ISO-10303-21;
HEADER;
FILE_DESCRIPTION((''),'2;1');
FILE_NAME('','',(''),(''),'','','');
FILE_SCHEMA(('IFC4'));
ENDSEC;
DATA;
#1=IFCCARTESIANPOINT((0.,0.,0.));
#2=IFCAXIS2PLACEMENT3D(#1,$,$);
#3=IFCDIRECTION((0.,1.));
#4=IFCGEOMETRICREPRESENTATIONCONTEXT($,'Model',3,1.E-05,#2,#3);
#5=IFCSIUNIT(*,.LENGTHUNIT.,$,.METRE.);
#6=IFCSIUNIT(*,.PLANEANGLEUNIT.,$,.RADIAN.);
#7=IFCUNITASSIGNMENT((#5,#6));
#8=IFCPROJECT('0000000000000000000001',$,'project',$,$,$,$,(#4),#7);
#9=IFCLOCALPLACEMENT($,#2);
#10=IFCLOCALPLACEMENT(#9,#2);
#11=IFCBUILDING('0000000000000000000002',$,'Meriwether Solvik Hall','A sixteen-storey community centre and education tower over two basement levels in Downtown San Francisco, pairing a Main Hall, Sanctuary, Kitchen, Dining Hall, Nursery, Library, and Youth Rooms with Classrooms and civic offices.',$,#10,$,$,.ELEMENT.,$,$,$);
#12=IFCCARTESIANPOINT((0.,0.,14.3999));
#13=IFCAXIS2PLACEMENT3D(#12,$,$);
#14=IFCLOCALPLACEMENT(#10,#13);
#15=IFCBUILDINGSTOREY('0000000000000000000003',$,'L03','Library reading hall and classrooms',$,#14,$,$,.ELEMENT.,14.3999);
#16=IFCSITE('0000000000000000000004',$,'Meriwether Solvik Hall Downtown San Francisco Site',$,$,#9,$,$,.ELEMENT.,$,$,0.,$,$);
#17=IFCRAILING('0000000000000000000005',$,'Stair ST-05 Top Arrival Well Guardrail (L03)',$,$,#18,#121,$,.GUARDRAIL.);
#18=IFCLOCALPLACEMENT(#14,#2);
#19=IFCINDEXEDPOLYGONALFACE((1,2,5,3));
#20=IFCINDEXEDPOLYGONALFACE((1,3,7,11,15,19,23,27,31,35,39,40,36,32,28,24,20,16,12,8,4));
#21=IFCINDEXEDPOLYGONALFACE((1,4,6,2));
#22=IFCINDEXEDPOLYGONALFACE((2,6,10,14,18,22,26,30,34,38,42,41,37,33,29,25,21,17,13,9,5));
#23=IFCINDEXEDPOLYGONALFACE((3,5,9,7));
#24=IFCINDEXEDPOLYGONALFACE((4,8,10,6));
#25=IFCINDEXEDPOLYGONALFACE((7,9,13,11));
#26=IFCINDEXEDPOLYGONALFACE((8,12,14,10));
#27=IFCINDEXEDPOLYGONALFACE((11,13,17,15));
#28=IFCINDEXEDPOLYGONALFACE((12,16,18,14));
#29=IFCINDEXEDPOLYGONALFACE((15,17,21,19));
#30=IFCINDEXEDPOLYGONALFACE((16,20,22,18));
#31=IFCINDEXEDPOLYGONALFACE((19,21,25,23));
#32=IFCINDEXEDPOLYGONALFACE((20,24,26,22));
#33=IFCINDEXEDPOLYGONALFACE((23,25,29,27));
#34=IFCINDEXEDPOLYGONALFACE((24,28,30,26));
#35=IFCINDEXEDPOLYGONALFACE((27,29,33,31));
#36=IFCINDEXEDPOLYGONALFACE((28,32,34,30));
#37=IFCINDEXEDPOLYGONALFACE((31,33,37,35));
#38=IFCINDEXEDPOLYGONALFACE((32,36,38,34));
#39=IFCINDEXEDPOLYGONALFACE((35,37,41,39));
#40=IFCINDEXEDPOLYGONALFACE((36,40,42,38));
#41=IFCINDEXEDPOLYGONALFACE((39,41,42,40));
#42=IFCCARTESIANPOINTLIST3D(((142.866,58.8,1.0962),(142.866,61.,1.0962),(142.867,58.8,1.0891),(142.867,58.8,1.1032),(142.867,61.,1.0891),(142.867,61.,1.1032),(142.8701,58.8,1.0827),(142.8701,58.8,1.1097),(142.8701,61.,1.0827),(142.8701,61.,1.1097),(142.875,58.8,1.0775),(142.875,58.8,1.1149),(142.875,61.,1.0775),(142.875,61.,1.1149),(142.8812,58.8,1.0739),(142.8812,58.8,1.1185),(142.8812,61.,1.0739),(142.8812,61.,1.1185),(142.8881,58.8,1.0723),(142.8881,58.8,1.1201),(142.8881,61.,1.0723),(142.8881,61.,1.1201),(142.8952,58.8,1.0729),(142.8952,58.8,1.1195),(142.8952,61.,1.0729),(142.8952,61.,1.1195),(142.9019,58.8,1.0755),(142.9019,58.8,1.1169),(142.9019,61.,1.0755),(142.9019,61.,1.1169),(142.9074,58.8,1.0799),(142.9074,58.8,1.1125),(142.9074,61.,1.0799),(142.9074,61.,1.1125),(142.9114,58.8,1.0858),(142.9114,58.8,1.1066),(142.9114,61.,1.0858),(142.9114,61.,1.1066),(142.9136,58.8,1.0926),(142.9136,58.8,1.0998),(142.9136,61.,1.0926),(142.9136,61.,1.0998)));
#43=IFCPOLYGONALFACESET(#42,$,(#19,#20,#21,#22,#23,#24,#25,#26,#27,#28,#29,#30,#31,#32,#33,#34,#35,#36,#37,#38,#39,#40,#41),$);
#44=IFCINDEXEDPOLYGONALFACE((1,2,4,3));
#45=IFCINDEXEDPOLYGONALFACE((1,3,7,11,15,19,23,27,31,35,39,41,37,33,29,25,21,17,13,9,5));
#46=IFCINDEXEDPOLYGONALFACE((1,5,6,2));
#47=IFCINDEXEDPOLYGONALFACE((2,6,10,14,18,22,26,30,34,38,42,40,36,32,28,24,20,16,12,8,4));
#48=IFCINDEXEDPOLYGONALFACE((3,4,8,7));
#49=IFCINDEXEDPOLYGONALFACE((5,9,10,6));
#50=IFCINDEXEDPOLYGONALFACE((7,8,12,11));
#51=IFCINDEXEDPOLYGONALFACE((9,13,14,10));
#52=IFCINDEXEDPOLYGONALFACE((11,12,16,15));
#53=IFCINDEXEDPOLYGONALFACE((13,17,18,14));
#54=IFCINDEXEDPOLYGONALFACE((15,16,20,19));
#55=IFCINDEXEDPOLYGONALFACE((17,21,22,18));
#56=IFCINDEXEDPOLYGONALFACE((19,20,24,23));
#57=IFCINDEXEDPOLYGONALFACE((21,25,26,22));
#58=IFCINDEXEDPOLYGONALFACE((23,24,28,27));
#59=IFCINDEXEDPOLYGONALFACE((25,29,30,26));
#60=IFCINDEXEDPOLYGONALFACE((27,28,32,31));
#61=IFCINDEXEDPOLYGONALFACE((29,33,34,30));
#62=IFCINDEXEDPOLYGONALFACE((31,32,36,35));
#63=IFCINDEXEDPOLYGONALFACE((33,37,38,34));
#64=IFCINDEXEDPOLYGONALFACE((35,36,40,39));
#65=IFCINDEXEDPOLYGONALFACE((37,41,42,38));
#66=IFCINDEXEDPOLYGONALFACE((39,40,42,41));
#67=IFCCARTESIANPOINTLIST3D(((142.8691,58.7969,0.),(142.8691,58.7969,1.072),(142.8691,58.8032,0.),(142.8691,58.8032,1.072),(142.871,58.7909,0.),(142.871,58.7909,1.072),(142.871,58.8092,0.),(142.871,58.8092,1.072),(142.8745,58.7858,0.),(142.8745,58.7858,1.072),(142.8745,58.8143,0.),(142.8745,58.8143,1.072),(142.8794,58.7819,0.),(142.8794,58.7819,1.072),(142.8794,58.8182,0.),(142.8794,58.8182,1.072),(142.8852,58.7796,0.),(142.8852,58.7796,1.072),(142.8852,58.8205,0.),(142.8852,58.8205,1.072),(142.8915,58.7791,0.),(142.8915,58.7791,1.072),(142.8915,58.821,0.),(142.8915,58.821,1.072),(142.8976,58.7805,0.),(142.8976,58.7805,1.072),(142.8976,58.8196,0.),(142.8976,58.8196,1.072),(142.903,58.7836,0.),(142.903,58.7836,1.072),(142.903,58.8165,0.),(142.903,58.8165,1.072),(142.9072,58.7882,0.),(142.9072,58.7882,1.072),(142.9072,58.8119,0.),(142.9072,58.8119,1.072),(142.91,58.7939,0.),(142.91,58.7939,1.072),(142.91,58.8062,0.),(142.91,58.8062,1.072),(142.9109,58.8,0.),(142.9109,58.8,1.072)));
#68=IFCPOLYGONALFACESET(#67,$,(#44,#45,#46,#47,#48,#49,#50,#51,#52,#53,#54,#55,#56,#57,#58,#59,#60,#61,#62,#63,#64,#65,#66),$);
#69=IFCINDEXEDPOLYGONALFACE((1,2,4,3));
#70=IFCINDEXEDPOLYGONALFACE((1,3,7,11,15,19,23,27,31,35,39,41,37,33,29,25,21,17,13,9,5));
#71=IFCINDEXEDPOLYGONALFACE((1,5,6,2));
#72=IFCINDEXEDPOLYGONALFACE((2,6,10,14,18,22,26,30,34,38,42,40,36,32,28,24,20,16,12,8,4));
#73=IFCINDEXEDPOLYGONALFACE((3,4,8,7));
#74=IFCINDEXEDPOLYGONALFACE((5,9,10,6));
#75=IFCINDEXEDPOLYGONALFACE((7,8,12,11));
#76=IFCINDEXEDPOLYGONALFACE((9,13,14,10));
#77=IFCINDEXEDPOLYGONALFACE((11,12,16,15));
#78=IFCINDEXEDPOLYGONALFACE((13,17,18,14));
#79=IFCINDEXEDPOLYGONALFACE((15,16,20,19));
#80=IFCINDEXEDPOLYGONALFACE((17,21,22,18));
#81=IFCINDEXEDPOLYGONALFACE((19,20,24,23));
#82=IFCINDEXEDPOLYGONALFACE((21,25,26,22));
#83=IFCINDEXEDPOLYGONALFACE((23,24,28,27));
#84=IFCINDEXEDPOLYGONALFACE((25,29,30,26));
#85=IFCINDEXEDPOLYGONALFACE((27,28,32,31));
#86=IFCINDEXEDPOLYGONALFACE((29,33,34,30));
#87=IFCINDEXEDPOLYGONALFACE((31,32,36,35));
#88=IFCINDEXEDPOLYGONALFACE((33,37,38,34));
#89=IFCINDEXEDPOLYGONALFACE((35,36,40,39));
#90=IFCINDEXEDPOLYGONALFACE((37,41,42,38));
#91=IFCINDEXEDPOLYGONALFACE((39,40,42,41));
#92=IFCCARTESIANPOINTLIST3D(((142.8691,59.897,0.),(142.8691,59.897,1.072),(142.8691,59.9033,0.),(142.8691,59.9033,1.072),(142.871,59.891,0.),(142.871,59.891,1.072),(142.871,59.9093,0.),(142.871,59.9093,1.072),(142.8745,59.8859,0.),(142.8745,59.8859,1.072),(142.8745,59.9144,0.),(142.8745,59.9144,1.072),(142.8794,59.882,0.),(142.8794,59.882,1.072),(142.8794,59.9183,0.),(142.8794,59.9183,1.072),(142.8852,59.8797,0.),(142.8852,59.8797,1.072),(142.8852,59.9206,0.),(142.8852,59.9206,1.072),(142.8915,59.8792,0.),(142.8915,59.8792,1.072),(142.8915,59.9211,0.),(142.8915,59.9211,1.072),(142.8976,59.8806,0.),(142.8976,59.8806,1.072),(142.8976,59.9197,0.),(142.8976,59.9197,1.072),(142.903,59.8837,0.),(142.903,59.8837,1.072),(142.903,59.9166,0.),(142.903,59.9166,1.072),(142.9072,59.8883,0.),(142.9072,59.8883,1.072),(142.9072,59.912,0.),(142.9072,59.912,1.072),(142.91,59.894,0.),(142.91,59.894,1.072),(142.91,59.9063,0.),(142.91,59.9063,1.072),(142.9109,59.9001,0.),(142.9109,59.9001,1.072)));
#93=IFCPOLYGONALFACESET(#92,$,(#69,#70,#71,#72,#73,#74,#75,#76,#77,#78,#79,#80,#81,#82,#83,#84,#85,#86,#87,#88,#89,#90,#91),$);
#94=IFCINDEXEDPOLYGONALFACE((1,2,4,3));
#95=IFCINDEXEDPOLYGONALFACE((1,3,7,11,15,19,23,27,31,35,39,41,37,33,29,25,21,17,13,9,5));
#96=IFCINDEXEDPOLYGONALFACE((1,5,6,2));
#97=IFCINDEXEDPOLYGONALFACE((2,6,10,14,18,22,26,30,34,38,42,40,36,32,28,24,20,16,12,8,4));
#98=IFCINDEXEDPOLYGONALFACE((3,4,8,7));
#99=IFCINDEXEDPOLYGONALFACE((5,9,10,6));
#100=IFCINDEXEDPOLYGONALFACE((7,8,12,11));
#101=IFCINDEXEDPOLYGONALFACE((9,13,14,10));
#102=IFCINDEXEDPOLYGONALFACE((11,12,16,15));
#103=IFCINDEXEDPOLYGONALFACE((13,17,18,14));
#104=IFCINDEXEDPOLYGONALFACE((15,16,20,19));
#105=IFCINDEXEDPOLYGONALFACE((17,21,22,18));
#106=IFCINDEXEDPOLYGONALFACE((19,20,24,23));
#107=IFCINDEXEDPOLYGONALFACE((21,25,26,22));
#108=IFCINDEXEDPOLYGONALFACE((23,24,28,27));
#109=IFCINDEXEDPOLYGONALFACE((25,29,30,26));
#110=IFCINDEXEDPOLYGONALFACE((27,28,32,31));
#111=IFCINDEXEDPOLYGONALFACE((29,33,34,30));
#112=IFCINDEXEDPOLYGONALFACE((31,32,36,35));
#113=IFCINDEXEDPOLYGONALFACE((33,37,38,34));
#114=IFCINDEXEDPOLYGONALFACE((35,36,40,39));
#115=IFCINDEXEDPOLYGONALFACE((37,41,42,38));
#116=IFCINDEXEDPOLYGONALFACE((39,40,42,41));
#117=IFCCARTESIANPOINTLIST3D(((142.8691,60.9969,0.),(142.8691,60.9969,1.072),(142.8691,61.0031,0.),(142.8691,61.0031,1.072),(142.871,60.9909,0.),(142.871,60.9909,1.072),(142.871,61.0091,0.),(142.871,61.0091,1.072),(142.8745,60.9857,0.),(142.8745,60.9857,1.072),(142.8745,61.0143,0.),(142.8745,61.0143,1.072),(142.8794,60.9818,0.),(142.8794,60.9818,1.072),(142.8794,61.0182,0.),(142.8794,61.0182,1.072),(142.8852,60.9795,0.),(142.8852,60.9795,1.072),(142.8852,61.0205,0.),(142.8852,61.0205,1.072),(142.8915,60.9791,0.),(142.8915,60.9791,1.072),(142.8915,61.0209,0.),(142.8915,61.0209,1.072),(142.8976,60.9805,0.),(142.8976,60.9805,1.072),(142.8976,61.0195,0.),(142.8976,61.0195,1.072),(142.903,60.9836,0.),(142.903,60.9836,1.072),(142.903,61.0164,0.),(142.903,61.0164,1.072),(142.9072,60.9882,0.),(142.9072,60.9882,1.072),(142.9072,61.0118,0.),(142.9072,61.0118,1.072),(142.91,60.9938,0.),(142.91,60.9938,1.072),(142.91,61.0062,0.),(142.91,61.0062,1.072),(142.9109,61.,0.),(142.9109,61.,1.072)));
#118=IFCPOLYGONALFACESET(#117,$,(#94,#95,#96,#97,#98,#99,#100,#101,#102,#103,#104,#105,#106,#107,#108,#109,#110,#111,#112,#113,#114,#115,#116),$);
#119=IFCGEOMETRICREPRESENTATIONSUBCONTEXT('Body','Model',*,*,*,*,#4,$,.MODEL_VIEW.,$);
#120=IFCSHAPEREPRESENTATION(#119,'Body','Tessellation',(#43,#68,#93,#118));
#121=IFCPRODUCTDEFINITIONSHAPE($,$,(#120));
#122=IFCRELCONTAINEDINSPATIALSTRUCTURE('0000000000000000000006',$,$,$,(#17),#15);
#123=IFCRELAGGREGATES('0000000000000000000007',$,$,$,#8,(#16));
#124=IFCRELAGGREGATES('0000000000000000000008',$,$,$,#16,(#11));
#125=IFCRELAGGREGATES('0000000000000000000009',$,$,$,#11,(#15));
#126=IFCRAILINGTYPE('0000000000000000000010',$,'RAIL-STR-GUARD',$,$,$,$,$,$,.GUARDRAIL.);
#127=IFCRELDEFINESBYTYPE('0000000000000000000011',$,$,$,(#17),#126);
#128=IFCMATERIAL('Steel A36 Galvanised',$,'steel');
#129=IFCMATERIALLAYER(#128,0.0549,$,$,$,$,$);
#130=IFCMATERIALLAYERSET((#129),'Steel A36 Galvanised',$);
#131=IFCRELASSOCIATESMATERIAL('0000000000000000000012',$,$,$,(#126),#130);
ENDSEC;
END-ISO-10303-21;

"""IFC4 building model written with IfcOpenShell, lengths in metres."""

from ifc_helpers import new_model, si_unit, direction, frame, origin, origin_2d, place, context, subcontext, project, spatial, circle, extrude, material, layer, layer_set, type_object, element, save


model = new_model("IFC4")

# Units and contexts
model_context = context("Model", 3, precision=1e-05, world=origin(), true_north=direction((0.0, 1.0)))
body_context = subcontext(model_context, "Body", "Model", "MODEL_VIEW")
ifc_project = project(units=[si_unit("LENGTHUNIT", "METRE"), si_unit("PLANEANGLEUNIT", "RADIAN")], contexts=[model_context])

# Site, building, storey
site_placement = place(None, origin())
site = spatial("IfcSite", under=ifc_project, at=site_placement, Name="Meriwether Solvik Hall Downtown San Francisco Site", CompositionType="ELEMENT", RefElevation=0.0)
building_placement = place(site_placement, origin())
building = spatial("IfcBuilding", under=site, at=building_placement, Name="Meriwether Solvik Hall", Description="A sixteen-storey community centre and education tower over two basement levels in Downtown San Francisco, pairing a Main Hall, Sanctuary, Kitchen, Dining Hall, Nursery, Library, and Youth Rooms with Classrooms and civic offices.", CompositionType="ELEMENT")
storey_placement = place(building_placement, frame((0.0, 0.0, 14.3999)))
storey = spatial("IfcBuildingStorey", under=building, at=storey_placement, Name="L03", Description="Library reading hall and classrooms", CompositionType="ELEMENT", Elevation=14.3999)

# Railing
ifc_material_1 = material(Name="Steel A36 Galvanised", Category="steel")
ifc_layer_1 = layer(ifc_material_1, 0.0549)
ifc_layer_set_1 = layer_set([ifc_layer_1], Name="Steel A36 Galvanised")
railing_type = type_object("IfcRailingType", Name="RAIL-STR-GUARD", PredefinedType="GUARDRAIL", material=ifc_layer_set_1)
railing_placement = place(storey_placement, frame((142.8899, 58.8, 0.0)))
element("IfcRailing", 1, at=railing_placement, inside=storey, type_object=railing_type, Name="Stair ST-05 Top Arrival Well Guardrail (L03)", PredefinedType="GUARDRAIL", context=body_context, shape_type="SweptSolid", body=[
    extrude(circle(Radius=0.0239, at=origin_2d()), frame((0.0, 0.0, 1.0962), z_axis=(0.0, 1.0, 0.0), x_axis=(-1.0, 0.0, 0.0)), (0.0, 0.0, 1.0), 2.2),
    extrude(circle(Radius=0.021, at=origin_2d()), origin(), (0.0, 0.0, 1.0), 1.072),
    extrude(circle(Radius=0.021, at=origin_2d()), frame((0.0, 1.1001, 0.0)), (0.0, 0.0, 1.0), 1.072),
    extrude(circle(Radius=0.021, at=origin_2d()), frame((0.0, 2.2, 0.0)), (0.0, 0.0, 1.0), 1.072),
])

save(model, "model.ifc")
